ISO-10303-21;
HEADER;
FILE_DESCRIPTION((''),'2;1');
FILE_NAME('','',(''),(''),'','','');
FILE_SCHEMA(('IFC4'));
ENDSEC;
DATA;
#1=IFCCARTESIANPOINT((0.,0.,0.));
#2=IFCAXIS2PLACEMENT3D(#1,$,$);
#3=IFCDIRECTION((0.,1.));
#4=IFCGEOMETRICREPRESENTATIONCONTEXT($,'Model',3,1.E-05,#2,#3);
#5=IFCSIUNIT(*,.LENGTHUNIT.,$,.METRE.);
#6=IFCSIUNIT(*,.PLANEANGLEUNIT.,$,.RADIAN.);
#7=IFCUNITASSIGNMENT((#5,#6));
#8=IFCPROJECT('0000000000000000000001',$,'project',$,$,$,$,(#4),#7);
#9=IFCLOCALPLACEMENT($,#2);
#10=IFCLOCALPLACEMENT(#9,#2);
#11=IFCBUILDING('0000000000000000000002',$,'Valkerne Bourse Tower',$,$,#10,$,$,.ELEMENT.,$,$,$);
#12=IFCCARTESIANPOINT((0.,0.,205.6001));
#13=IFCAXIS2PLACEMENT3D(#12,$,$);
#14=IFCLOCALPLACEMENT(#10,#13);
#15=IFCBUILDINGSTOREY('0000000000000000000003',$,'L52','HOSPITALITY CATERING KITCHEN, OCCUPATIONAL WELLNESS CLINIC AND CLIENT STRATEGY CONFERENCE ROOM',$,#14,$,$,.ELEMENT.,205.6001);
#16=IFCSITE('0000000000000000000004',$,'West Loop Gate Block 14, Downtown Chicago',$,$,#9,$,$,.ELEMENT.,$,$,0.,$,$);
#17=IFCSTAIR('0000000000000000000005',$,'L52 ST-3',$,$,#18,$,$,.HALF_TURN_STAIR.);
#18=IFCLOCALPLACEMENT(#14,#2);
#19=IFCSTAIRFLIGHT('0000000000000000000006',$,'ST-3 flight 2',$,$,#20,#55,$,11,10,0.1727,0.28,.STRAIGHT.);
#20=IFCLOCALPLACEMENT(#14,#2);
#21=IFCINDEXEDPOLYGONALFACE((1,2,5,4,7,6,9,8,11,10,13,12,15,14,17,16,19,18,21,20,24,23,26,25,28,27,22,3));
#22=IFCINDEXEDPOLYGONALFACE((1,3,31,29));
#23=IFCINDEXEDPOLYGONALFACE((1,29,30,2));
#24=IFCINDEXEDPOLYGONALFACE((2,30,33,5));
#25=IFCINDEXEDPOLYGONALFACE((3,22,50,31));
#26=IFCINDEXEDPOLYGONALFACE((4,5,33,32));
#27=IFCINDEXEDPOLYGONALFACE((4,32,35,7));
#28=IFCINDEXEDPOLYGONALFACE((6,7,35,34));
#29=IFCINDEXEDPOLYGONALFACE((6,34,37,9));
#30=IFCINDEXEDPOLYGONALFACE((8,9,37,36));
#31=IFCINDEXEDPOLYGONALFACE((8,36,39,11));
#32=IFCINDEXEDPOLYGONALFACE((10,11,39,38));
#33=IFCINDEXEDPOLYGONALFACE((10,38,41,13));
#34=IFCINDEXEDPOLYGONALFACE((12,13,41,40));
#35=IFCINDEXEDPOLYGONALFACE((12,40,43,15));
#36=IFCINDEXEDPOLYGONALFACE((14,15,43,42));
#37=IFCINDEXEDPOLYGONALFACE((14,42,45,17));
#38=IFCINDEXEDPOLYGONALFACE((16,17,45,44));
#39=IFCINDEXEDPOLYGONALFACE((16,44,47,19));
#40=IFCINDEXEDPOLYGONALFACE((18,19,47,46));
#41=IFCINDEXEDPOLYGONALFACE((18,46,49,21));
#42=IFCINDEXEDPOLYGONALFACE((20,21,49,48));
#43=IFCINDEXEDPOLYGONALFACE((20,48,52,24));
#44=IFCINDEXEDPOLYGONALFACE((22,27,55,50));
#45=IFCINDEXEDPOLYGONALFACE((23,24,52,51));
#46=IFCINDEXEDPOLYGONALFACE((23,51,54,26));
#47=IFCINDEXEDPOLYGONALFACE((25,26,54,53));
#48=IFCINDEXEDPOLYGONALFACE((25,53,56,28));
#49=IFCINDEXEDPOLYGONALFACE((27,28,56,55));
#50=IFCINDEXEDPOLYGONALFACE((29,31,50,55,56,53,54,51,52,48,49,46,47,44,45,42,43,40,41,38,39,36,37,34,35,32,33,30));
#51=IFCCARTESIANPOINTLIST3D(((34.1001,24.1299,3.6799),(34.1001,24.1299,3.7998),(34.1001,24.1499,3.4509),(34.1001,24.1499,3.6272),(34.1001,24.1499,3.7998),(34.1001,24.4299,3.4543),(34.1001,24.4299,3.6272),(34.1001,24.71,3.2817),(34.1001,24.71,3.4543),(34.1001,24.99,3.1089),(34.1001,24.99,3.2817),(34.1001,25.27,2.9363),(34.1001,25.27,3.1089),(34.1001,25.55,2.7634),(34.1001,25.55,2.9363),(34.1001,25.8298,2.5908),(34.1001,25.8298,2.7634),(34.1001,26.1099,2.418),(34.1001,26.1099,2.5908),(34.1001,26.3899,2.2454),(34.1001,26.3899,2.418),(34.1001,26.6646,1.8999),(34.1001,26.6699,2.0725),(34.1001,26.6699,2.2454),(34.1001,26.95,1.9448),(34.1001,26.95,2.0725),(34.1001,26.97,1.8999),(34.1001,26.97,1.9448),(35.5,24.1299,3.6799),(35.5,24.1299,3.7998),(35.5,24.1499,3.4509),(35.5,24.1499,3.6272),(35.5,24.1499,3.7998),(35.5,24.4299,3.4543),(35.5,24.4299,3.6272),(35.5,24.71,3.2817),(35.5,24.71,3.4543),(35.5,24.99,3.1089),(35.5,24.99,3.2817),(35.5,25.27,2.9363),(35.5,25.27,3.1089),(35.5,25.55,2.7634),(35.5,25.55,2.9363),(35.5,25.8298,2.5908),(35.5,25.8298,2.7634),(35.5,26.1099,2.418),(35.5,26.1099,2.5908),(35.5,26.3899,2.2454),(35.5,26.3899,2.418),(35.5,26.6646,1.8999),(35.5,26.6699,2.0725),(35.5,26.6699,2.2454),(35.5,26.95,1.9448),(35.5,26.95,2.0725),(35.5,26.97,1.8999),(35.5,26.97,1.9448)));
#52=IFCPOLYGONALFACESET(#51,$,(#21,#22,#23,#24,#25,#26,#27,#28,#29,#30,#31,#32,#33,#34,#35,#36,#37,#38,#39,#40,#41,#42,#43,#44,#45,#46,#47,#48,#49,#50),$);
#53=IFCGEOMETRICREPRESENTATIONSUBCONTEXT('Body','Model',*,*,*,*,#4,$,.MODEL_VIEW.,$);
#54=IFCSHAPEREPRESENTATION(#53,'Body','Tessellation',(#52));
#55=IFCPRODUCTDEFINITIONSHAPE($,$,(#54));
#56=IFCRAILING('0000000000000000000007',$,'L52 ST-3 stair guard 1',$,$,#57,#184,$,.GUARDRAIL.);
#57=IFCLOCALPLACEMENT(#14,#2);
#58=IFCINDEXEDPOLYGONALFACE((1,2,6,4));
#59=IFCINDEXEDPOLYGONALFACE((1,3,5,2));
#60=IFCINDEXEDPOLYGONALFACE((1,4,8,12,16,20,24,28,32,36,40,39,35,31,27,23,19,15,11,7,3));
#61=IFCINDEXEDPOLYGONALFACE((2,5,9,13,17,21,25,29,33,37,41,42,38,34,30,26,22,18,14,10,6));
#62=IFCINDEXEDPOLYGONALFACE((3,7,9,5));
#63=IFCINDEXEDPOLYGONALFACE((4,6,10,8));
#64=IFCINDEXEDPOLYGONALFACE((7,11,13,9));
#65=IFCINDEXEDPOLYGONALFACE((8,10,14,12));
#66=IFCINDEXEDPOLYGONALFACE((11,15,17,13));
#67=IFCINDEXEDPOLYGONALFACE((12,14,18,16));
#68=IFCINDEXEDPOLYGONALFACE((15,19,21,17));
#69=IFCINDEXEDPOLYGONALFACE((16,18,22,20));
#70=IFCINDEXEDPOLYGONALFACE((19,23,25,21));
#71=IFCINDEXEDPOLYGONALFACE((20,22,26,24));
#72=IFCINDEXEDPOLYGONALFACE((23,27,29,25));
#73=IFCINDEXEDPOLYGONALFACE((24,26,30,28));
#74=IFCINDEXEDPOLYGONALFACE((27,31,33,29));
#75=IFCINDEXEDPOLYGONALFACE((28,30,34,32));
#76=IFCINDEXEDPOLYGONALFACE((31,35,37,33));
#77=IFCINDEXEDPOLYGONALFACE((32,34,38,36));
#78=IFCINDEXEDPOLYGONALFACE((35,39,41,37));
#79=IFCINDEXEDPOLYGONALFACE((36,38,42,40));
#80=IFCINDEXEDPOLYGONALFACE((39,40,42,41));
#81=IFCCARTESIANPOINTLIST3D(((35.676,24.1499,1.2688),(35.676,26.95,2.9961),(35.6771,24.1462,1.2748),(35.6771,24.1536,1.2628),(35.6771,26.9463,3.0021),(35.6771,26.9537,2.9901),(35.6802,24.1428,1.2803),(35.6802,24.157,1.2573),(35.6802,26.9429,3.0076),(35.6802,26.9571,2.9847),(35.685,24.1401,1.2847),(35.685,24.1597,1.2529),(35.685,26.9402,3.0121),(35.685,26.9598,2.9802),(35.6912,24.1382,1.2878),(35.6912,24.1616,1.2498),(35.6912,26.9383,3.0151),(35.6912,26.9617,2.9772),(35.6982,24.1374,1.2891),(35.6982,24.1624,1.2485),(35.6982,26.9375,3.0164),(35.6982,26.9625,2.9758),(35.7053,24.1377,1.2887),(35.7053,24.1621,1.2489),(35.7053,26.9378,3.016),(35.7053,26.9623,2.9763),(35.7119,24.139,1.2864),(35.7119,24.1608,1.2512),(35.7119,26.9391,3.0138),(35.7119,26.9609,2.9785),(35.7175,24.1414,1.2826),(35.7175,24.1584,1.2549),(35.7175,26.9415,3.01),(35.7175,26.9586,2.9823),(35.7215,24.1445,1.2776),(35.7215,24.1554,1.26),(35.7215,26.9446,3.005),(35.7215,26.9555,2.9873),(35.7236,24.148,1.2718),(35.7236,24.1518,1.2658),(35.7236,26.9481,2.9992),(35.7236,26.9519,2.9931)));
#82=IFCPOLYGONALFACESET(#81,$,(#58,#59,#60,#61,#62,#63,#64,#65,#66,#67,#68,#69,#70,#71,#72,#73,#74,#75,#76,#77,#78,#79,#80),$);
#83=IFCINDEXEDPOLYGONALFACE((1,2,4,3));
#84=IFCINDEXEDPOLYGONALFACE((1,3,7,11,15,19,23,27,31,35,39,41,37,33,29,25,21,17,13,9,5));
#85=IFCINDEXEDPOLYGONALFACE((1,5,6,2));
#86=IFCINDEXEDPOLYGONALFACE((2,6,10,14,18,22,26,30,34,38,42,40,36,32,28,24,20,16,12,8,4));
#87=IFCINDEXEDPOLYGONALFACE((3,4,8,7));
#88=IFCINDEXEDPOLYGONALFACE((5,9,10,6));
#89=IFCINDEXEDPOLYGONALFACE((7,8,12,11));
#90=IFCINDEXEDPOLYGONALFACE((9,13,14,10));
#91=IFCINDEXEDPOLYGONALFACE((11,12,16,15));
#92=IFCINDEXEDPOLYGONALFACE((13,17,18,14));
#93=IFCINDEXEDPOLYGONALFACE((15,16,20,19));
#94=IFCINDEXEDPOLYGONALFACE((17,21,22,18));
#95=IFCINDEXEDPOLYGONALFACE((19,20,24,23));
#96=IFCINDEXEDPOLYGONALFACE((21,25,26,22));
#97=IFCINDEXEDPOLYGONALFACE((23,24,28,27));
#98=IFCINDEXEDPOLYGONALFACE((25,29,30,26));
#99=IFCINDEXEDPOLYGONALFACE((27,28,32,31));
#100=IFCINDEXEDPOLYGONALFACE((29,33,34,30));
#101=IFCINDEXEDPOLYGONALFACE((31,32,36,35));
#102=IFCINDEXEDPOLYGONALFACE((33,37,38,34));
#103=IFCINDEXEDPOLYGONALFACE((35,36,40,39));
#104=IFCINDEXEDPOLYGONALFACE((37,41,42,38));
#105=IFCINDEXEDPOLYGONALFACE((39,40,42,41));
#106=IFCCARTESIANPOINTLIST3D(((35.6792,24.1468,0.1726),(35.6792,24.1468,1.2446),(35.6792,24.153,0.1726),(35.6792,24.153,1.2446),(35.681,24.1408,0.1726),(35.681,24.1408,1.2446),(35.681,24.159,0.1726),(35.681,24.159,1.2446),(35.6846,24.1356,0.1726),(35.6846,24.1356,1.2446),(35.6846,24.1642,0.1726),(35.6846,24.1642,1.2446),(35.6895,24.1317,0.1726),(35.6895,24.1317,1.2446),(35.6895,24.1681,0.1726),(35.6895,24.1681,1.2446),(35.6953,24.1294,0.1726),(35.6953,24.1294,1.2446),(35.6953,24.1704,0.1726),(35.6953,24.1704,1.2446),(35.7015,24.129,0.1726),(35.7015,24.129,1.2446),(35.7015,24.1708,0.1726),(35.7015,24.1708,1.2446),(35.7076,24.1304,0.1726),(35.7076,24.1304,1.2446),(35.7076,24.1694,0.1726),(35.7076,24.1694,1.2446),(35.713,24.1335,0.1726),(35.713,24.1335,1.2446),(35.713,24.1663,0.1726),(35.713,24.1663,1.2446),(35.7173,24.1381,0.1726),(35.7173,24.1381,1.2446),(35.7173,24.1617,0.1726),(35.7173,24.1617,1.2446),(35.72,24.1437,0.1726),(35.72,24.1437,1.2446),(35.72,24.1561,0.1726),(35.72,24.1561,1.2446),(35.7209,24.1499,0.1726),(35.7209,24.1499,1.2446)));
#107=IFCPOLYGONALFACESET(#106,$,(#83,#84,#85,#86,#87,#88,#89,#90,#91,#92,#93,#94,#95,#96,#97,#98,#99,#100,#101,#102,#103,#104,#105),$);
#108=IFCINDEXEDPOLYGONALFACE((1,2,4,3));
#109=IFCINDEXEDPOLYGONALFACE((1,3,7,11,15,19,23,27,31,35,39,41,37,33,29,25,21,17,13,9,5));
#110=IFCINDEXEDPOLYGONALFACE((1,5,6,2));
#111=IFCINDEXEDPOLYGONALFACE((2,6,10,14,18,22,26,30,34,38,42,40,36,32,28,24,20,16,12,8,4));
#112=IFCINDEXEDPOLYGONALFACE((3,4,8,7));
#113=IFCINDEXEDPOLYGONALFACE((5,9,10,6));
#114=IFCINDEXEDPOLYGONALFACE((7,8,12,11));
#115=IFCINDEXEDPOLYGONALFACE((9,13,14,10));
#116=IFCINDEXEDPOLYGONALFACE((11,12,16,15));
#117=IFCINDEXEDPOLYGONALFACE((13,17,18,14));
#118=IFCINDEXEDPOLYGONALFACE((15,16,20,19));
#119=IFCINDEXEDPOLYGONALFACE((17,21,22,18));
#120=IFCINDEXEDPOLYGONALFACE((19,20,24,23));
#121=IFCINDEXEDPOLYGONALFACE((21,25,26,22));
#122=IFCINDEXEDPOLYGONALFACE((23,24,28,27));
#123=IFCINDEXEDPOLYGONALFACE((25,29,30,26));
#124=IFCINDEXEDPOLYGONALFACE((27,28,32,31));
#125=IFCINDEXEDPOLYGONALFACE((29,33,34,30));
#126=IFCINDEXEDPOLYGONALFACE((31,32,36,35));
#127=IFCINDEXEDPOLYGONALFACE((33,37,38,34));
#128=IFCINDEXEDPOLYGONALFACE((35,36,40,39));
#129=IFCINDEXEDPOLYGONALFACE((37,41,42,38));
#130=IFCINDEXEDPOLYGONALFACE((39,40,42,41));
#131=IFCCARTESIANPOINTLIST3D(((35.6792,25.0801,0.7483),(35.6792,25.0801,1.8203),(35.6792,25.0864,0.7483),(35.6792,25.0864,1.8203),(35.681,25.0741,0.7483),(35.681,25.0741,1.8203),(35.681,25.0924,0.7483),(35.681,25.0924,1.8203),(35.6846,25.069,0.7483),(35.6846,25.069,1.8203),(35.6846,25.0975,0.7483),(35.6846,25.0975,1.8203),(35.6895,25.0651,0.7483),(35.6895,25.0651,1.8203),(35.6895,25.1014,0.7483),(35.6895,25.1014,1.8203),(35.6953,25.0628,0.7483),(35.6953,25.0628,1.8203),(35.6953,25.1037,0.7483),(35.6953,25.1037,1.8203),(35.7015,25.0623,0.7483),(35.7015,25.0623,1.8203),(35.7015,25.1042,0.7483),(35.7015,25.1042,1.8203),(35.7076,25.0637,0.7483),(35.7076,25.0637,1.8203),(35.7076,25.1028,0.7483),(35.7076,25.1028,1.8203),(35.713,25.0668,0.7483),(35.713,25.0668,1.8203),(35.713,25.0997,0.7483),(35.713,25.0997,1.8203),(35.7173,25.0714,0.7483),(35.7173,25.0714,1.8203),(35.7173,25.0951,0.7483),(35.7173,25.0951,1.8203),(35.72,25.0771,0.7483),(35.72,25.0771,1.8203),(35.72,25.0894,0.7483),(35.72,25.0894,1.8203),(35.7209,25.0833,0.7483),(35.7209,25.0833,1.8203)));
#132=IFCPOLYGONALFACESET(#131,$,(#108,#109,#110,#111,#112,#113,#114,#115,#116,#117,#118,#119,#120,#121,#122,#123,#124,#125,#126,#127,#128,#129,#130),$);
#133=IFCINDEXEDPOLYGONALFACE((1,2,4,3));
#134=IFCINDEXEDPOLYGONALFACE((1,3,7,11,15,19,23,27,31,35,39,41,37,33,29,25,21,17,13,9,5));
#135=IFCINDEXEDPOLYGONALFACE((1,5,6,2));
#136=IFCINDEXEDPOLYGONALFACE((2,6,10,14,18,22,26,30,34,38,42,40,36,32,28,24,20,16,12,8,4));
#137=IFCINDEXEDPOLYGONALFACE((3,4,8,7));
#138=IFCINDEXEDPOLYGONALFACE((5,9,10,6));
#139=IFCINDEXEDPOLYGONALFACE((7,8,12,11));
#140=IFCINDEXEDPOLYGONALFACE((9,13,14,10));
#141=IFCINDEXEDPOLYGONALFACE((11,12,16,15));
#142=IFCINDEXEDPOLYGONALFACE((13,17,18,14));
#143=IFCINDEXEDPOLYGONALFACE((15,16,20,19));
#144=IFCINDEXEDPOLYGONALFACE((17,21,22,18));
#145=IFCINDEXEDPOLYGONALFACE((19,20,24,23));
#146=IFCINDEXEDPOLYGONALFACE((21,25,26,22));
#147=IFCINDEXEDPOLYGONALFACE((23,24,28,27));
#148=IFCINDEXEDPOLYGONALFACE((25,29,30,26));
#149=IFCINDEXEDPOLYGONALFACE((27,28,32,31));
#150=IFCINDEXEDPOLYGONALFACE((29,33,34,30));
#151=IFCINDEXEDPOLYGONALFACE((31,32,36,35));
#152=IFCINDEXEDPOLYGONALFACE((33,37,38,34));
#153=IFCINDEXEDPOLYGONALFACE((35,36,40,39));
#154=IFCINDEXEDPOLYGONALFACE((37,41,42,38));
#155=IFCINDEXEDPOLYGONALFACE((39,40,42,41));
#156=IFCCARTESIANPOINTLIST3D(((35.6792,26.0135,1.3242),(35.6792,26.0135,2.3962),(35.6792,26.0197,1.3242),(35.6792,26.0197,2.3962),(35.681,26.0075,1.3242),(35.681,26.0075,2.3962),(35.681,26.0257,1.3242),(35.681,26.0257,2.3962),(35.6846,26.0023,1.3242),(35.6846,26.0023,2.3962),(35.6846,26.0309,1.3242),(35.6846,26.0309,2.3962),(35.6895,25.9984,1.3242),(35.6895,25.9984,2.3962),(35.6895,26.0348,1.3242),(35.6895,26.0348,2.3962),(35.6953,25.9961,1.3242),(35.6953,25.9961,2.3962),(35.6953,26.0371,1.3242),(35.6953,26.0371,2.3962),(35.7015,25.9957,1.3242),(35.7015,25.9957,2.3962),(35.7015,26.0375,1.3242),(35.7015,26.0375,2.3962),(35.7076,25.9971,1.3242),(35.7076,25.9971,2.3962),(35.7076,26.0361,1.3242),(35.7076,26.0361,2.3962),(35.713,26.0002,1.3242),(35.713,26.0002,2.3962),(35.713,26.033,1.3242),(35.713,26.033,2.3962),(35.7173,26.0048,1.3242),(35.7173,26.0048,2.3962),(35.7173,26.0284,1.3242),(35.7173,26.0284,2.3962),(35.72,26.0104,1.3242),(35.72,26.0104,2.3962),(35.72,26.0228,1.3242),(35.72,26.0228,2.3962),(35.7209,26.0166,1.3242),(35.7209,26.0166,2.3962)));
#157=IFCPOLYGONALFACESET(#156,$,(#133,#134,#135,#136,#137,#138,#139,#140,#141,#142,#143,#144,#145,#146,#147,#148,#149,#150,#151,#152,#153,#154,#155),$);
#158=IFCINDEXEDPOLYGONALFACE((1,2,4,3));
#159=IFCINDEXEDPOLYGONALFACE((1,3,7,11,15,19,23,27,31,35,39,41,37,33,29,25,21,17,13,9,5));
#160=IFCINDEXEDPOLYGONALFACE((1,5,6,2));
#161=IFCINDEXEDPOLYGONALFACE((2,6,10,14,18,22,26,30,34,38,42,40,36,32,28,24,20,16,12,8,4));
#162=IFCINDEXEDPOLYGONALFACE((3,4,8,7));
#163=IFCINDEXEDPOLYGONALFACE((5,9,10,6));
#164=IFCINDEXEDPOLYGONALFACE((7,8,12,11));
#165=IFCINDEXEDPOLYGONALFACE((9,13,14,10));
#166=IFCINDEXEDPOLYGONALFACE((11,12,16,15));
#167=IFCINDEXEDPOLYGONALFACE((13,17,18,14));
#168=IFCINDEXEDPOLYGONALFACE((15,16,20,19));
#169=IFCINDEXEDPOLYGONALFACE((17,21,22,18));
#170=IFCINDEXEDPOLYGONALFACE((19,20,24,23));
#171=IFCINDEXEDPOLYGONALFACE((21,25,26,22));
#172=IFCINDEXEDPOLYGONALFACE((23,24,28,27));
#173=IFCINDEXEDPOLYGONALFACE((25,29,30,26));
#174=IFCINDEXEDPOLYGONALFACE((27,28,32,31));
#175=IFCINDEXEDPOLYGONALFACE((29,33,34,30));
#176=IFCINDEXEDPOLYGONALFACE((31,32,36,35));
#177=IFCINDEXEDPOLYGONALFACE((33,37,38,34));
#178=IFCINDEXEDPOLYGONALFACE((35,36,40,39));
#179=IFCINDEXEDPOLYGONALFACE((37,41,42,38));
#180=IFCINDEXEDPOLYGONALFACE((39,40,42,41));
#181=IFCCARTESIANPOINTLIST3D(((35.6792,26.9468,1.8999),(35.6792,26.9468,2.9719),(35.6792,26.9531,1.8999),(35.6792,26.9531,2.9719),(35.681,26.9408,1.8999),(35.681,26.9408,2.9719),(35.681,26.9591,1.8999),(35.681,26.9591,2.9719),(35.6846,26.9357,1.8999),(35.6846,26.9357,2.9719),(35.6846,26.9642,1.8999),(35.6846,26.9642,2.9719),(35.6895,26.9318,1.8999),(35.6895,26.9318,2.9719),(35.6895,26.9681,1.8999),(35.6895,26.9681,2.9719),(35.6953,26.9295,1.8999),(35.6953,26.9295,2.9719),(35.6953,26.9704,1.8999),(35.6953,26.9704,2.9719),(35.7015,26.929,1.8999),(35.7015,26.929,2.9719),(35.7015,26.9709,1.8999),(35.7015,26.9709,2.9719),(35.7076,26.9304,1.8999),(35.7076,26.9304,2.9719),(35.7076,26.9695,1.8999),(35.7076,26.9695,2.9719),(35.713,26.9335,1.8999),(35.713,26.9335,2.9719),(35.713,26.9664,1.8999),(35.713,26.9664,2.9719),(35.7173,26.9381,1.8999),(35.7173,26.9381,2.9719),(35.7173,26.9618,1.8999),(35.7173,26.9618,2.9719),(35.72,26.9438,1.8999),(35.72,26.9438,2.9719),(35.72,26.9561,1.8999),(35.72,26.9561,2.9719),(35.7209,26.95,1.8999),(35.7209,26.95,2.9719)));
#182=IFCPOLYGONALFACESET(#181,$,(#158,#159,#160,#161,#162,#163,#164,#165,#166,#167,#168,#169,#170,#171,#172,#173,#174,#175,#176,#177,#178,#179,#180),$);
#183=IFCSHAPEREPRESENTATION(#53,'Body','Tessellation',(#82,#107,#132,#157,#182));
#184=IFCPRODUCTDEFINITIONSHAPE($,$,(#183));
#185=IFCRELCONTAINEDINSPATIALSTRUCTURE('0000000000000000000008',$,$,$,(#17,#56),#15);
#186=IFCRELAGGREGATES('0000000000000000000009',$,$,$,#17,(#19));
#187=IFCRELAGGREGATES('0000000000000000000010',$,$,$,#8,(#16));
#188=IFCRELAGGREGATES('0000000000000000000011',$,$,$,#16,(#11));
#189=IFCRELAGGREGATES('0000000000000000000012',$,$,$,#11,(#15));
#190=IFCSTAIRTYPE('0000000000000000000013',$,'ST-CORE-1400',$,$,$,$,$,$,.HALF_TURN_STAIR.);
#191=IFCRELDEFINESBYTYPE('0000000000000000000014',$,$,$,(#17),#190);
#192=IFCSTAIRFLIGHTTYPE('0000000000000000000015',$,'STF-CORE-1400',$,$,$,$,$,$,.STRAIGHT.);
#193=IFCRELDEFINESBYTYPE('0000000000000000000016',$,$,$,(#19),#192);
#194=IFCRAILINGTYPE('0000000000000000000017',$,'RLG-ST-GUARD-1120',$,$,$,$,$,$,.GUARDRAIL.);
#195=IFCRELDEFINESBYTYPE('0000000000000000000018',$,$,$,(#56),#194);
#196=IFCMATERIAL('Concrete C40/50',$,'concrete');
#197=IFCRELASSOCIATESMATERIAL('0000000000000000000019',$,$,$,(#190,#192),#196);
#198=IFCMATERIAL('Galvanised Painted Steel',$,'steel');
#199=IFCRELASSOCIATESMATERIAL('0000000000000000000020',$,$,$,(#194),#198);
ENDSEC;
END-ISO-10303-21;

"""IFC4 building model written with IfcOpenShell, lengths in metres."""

from ifc_helpers import new_model, si_unit, direction, frame, origin, origin_2d, place, context, subcontext, project, spatial, polyline, circle, outline, extrude, material, type_object, element, aggregate, save


model = new_model("IFC4")

# Units and contexts
model_context = context("Model", 3, precision=1e-05, world=origin(), true_north=direction((0.0, 1.0)))
body_context = subcontext(model_context, "Body", "Model", "MODEL_VIEW")
ifc_project = project(units=[si_unit("LENGTHUNIT", "METRE"), si_unit("PLANEANGLEUNIT", "RADIAN")], contexts=[model_context])

# Site, building, storey
site_placement = place(None, origin())
site = spatial("IfcSite", under=ifc_project, at=site_placement, Name="West Loop Gate Block 14, Downtown Chicago", CompositionType="ELEMENT", RefElevation=0.0)
building_placement = place(site_placement, origin())
building = spatial("IfcBuilding", under=site, at=building_placement, Name="Valkerne Bourse Tower", CompositionType="ELEMENT")
storey_placement = place(building_placement, frame((0.0, 0.0, 205.6001)))
storey = spatial("IfcBuildingStorey", under=building, at=storey_placement, Name="L52", Description="HOSPITALITY CATERING KITCHEN, OCCUPATIONAL WELLNESS CLINIC AND CLIENT STRATEGY CONFERENCE ROOM", CompositionType="ELEMENT", Elevation=205.6001)

# Stair, stair flight
ifc_material_1 = material(Name="Concrete C40/50", Category="concrete")
stair_type = type_object("IfcStairType", Name="ST-CORE-1400", PredefinedType="HALF_TURN_STAIR", material=ifc_material_1)
stair_placement = place(storey_placement, origin())
stair = element("IfcStair", 1, at=stair_placement, inside=storey, type_object=stair_type, Name="L52 ST-3", PredefinedType="HALF_TURN_STAIR")
stair_flight_type = type_object("IfcStairFlightType", Name="STF-CORE-1400", PredefinedType="STRAIGHT", material=ifc_material_1)
stair_flight_1_placement = place(storey_placement, frame((34.8, 26.95, 1.8999), z_axis=(0.0, 0.0, 1.0), x_axis=(0.0, -1.0, 0.0)))
stair_flight_1 = element("IfcStairFlight", 2, at=stair_flight_1_placement, type_object=stair_flight_type, Name="ST-3 flight 2", NumberOfRisers=11, NumberOfTreads=10, PredefinedType="STRAIGHT", RiserHeight=0.1727, TreadLength=0.28, context=body_context, shape_type="SweptSolid", body=[
    extrude(outline(polyline([(-0.02, 0.0), (-0.02, 0.0449), (0.0, 0.0449), (0.0, 0.1726), (0.28, 0.1726), (0.28, 0.3455), (0.5601, 0.3455), (0.5601, 0.5181), (0.8401, 0.5181), (0.8401, 0.6909), (1.1201, 0.6909), (1.1201, 0.8635), (1.3999, 0.8635), (1.3999, 1.0364), (1.6799, 1.0364), (1.6799, 1.209), (1.96, 1.209), (1.96, 1.3818), (2.24, 1.3818), (2.24, 1.5544), (2.52, 1.5544), (2.52, 1.7273), (2.8, 1.7273), (2.8, 1.8999), (2.8201, 1.8999), (2.8201, 1.78), (2.8, 1.551), (0.2854, 0.0), (-0.02, 0.0)])), frame((0.0, 0.7, 0.0), z_axis=(0.0, -1.0, 0.0), x_axis=(1.0, 0.0, 0.0)), (0.0, 0.0, 1.0), 1.3999),
])
aggregate(stair, [stair_flight_1])

# Railing
ifc_material_2 = material(Name="Galvanised Painted Steel", Category="steel")
railing_type_1 = type_object("IfcRailingType", Name="RLG-ST-GUARD-1120", PredefinedType="GUARDRAIL", material=ifc_material_2)
railing_1_placement = place(storey_placement, frame((35.7, 24.1499, 0.1726)))
element("IfcRailing", 3, at=railing_1_placement, inside=storey, type_object=railing_type_1, Name="L52 ST-3 stair guard 1", PredefinedType="GUARDRAIL", context=body_context, shape_type="SweptSolid", body=[
    extrude(circle(Radius=0.0239, at=origin_2d()), frame((0.0, 0.0, 1.0962), z_axis=(0.0, 0.85109, 0.52502), x_axis=(-1.0, 0.0, 0.0)), (0.0, 0.0, 1.0), 3.29),
    extrude(circle(Radius=0.021, at=origin_2d()), origin(), (0.0, 0.0, 1.0), 1.072),
    extrude(circle(Radius=0.021, at=origin_2d()), frame((0.0, 0.9333, 0.5757)), (0.0, 0.0, 1.0), 1.072),
    extrude(circle(Radius=0.021, at=origin_2d()), frame((0.0, 1.8667, 1.1516)), (0.0, 0.0, 1.0), 1.072),
    extrude(circle(Radius=0.021, at=origin_2d()), frame((0.0, 2.8, 1.7273)), (0.0, 0.0, 1.0), 1.072),
])

save(model, "model.ifc")
